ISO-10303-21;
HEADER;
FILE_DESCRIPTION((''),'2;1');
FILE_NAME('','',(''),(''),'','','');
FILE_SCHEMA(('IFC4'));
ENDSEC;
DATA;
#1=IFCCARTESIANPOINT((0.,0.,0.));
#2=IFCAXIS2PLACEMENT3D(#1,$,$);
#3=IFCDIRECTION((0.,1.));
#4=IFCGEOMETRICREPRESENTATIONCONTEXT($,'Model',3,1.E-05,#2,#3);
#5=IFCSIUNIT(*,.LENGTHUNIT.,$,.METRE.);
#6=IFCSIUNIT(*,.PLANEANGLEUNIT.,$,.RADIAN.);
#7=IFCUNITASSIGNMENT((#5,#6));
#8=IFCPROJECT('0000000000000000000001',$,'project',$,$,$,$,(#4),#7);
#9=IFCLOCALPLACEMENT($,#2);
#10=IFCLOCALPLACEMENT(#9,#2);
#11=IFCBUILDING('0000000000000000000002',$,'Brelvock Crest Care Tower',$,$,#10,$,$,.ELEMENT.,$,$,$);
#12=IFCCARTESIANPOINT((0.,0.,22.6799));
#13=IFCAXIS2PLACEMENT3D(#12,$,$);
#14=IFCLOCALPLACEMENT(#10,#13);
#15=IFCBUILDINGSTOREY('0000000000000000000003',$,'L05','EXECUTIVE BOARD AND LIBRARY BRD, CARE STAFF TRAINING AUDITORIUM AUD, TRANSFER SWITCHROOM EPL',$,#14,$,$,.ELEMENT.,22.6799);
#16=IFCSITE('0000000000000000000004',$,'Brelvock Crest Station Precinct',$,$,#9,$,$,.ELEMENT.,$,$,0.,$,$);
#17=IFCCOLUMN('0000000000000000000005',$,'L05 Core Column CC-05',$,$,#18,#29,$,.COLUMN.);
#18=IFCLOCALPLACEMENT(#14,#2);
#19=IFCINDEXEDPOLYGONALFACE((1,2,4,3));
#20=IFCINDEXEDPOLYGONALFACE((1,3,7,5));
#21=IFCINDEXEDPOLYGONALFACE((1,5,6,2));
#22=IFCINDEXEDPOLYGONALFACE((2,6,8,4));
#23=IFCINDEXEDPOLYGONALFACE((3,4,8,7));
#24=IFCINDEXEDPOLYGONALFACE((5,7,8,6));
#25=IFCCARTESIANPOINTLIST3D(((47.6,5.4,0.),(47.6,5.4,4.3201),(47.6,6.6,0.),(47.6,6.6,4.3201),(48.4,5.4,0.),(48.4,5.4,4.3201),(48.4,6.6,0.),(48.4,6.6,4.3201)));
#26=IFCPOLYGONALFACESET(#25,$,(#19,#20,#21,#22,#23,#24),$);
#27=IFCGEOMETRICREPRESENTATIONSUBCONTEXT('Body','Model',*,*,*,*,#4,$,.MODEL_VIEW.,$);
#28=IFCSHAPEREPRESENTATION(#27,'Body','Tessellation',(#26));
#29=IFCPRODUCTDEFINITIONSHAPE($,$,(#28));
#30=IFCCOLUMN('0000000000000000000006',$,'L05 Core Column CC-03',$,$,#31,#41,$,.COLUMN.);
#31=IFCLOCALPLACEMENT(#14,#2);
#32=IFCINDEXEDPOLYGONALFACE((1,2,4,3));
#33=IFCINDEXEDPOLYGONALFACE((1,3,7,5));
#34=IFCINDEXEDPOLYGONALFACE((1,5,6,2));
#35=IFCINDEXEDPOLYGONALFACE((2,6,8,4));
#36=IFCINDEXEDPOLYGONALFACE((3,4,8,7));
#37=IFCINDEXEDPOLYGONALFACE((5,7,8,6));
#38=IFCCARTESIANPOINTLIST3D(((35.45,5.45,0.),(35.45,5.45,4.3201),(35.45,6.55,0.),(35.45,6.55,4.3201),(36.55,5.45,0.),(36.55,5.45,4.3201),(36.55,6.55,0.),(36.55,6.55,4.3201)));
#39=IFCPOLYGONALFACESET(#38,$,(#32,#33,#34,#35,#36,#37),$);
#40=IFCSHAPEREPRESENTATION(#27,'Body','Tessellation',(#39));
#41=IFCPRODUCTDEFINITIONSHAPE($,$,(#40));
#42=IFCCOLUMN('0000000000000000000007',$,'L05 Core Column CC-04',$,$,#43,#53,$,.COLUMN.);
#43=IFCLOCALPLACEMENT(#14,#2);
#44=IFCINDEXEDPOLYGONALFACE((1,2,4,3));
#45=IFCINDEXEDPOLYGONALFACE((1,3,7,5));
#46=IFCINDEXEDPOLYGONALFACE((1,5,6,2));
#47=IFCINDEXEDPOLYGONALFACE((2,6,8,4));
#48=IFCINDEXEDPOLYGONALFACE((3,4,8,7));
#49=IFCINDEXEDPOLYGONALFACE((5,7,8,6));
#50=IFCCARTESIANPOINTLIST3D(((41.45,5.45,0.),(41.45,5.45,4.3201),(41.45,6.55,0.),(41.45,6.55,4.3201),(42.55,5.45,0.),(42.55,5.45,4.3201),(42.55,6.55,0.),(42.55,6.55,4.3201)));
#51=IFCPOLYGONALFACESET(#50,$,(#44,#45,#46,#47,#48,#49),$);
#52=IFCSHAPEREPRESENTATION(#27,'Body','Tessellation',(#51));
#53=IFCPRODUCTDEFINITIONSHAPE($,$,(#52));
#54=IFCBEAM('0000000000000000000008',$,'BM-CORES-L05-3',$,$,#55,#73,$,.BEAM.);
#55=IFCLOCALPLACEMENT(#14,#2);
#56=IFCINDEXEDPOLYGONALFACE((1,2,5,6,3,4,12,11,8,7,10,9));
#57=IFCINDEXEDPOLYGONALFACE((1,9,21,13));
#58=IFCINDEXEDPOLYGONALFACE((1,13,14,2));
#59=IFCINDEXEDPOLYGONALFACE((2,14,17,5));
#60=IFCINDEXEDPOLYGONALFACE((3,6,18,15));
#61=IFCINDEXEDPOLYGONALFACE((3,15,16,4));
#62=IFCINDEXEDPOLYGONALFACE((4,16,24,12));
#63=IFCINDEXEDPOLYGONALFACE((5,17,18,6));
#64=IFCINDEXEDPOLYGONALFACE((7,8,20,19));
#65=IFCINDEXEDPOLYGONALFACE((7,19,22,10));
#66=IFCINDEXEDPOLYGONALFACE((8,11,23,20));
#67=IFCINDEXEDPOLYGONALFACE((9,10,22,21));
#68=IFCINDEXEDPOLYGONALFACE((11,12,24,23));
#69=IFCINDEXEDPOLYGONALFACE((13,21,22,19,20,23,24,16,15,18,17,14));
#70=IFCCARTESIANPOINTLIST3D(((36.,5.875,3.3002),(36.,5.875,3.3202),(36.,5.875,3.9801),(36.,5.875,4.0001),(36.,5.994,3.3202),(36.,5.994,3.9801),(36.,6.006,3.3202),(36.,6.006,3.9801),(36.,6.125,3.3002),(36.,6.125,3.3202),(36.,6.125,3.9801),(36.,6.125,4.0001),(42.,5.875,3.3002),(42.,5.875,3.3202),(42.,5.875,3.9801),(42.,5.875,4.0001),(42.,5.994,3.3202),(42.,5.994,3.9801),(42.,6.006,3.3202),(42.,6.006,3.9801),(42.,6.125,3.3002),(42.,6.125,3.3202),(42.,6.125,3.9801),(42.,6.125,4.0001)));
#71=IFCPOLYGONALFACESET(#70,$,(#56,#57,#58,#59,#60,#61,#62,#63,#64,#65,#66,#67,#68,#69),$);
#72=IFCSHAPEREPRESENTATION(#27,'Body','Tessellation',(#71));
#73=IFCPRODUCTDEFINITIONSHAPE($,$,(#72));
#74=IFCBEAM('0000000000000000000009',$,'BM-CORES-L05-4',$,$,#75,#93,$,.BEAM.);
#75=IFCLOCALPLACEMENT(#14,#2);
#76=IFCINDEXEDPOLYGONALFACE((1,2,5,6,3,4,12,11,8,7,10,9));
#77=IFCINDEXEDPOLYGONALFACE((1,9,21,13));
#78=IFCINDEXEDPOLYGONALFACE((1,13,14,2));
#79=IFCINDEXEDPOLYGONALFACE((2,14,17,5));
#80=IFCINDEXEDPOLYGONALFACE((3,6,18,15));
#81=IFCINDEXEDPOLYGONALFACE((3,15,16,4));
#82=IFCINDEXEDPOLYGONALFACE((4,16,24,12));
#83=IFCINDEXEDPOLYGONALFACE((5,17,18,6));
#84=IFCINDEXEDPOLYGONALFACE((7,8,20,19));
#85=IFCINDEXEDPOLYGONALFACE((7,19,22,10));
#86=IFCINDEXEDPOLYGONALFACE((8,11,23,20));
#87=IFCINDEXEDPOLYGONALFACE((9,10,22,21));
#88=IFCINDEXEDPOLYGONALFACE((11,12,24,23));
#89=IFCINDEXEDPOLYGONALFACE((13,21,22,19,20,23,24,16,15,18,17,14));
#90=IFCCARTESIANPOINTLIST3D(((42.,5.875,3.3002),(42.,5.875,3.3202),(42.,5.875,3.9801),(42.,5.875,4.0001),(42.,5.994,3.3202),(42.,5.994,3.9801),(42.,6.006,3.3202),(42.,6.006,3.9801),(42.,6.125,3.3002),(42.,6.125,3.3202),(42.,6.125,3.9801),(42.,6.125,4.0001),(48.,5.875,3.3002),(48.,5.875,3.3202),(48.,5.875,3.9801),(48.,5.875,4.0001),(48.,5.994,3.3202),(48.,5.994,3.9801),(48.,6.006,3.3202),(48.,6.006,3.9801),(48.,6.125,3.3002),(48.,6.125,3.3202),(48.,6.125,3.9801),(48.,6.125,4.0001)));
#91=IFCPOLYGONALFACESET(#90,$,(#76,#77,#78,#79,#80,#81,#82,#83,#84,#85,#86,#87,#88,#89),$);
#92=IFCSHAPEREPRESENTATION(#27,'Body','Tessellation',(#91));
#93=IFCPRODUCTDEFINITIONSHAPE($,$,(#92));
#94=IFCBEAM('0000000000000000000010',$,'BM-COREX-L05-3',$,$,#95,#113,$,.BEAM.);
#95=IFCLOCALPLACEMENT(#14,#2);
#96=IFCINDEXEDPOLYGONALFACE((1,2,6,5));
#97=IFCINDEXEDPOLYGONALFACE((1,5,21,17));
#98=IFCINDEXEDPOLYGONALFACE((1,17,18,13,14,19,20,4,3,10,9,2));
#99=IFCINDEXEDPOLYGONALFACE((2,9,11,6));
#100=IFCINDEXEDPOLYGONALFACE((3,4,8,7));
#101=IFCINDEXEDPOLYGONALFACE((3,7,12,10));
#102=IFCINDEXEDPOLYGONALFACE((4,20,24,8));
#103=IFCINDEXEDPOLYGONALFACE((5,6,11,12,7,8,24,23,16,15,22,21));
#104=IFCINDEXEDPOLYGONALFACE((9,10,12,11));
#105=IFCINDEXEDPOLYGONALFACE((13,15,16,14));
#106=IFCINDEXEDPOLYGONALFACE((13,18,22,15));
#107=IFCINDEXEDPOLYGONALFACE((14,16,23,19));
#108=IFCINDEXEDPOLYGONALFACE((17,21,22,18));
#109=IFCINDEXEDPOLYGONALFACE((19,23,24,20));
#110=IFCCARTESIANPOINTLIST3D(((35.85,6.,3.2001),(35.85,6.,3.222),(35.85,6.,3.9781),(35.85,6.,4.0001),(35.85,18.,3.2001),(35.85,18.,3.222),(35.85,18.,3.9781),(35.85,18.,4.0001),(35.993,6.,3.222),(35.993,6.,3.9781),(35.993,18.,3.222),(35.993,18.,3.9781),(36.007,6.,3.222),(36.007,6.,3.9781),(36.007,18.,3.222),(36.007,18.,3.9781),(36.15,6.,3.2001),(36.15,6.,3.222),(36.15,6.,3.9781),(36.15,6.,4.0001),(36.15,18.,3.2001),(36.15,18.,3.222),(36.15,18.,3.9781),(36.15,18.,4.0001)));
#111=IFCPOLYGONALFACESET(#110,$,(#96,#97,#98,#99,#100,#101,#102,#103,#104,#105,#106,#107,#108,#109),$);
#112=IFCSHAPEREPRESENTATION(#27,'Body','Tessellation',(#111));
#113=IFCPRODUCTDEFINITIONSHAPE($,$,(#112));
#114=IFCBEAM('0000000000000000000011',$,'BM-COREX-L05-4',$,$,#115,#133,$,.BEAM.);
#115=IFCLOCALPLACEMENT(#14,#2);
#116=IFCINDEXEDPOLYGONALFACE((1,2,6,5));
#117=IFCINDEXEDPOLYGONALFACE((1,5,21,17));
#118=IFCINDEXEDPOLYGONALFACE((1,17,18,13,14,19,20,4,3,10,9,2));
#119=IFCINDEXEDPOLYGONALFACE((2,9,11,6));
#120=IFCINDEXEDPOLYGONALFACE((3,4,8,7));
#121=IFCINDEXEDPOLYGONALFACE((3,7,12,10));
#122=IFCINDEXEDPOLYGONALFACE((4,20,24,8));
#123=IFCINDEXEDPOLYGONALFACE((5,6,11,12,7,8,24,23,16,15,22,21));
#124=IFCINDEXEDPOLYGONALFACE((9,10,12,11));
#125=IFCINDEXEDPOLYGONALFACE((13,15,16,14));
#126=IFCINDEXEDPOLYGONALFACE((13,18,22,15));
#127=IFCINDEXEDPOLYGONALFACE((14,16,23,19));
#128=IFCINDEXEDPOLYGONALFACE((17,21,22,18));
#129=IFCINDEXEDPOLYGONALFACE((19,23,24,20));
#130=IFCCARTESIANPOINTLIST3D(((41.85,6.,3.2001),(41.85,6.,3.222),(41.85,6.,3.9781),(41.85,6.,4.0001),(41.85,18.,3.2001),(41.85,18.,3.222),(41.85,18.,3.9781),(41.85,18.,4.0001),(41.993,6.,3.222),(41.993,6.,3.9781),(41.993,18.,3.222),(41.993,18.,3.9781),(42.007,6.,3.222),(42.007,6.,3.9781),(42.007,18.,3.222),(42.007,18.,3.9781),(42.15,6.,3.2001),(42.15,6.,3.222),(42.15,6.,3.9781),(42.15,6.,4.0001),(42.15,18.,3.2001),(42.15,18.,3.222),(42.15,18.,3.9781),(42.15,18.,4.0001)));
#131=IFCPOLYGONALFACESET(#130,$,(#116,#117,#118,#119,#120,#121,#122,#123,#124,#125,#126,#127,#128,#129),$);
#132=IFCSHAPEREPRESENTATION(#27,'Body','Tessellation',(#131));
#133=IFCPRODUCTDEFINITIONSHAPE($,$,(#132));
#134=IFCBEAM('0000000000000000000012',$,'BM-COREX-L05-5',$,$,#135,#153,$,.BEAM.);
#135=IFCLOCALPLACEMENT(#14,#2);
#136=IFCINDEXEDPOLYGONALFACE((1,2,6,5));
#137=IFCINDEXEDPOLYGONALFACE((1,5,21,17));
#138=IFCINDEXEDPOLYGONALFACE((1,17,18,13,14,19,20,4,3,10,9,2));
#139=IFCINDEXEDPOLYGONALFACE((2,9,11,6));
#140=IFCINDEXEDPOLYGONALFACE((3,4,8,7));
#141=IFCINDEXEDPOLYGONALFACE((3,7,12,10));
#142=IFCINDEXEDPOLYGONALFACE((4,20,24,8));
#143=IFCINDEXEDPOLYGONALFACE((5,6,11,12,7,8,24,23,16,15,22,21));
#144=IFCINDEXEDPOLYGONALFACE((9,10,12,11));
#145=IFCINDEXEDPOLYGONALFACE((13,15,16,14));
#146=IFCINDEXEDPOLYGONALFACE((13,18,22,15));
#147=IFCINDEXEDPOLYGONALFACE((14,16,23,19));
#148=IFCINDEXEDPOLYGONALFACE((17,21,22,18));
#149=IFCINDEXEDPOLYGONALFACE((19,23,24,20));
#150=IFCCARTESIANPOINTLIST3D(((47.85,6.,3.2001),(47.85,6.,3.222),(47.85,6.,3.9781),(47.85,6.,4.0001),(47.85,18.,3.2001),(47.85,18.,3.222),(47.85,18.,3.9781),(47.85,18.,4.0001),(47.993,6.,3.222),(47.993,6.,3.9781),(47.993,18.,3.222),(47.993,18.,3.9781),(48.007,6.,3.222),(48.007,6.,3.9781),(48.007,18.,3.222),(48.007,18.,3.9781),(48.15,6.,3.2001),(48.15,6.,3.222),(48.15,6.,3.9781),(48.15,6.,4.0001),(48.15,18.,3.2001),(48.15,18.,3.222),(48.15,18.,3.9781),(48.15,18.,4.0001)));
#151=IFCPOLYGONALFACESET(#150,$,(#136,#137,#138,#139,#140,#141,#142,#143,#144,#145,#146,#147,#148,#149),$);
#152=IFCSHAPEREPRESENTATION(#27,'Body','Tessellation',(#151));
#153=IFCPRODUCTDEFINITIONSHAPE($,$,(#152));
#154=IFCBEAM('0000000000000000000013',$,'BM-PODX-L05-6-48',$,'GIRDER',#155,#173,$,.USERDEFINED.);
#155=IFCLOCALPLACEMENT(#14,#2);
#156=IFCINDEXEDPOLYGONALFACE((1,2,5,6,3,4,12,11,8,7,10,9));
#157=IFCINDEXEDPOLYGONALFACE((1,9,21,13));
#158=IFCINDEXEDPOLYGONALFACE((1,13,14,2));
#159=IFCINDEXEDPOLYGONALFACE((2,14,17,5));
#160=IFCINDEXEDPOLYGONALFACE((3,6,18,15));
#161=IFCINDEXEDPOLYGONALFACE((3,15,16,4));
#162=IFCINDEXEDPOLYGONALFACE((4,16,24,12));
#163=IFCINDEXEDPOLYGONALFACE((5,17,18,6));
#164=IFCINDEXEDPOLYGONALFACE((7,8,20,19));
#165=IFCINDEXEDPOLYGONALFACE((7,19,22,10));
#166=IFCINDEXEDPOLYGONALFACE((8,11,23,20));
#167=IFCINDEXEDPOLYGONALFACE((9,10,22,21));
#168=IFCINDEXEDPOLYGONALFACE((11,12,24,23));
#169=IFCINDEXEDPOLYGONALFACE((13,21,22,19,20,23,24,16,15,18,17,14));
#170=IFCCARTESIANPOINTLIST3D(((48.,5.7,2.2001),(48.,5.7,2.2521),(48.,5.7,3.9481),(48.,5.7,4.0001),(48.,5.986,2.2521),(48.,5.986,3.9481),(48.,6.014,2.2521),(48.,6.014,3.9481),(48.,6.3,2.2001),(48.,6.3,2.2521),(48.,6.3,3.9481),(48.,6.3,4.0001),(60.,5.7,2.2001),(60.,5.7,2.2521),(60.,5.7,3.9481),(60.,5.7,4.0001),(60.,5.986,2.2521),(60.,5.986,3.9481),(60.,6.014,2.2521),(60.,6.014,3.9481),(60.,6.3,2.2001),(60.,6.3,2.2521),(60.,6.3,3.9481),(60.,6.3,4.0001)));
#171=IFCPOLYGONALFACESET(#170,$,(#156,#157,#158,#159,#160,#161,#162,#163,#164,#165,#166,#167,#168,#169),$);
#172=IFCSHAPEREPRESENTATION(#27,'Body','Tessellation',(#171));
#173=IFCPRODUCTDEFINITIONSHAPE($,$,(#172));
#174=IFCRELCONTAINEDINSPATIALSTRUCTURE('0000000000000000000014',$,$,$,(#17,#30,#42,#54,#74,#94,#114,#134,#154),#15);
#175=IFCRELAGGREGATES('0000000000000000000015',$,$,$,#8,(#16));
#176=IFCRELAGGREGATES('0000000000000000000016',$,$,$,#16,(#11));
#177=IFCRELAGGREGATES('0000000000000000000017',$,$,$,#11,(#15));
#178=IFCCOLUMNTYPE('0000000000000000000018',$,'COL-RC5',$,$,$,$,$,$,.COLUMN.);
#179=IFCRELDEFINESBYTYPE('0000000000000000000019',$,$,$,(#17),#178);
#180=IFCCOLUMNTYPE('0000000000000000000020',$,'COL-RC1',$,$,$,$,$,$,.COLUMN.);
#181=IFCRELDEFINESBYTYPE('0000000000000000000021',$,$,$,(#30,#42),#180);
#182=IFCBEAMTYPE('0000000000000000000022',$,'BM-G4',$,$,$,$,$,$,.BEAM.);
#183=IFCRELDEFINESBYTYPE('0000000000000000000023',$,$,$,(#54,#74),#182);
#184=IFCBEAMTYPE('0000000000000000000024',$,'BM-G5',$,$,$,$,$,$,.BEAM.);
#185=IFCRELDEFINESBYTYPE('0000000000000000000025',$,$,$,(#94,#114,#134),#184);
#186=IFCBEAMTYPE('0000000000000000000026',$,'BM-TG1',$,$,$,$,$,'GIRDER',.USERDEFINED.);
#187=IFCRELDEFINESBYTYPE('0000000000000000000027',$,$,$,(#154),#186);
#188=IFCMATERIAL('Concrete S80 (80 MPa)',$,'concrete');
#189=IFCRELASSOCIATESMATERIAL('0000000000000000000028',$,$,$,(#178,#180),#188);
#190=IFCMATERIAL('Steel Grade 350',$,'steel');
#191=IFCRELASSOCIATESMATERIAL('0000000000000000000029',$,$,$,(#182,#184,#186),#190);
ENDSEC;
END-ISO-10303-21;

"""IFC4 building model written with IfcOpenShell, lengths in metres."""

from ifc_helpers import new_model, si_unit, direction, frame, origin, origin_2d, place, context, subcontext, project, spatial, rectangle, i_section, extrude, source, transform, mapped, material, material_profile, profile_set, type_object, element, save


model = new_model("IFC4")

# Units and contexts
model_context = context("Model", 3, precision=1e-05, world=origin(), true_north=direction((0.0, 1.0)))
body_context = subcontext(model_context, "Body", "Model", "MODEL_VIEW")
ifc_project = project(units=[si_unit("LENGTHUNIT", "METRE"), si_unit("PLANEANGLEUNIT", "RADIAN")], contexts=[model_context])

# Site, building, storey
site_placement = place(None, origin())
site = spatial("IfcSite", under=ifc_project, at=site_placement, Name="Brelvock Crest Station Precinct", CompositionType="ELEMENT", RefElevation=0.0)
building_placement = place(site_placement, origin())
building = spatial("IfcBuilding", under=site, at=building_placement, Name="Brelvock Crest Care Tower", CompositionType="ELEMENT")
storey_placement = place(building_placement, frame((0.0, 0.0, 22.6799)))
storey = spatial("IfcBuildingStorey", under=building, at=storey_placement, Name="L05", Description="EXECUTIVE BOARD AND LIBRARY BRD, CARE STAFF TRAINING AUDITORIUM AUD, TRANSFER SWITCHROOM EPL", CompositionType="ELEMENT", Elevation=22.6799)

# Columns
ifc_material_1 = material(Name="Concrete S80 (80 MPa)", Category="concrete")
ifc_material_profile_1 = material_profile(ifc_material_1, rectangle(XDim=0.8, YDim=1.2, at=origin_2d()), Name="RC800x1200")
ifc_profile_set_1 = profile_set([ifc_material_profile_1], Name="Concrete S80 (80 MPa)")
column_type_1 = type_object("IfcColumnType", Name="COL-RC5", PredefinedType="COLUMN", material=ifc_profile_set_1)
shared_shape_1 = source(origin(), body_context, "Body", "SweptSolid", [
    extrude(rectangle(XDim=0.8, YDim=1.2, at=origin_2d()), origin(), (0.0, 0.0, 1.0), 4.3201),
])
column_placement = place(storey_placement, frame((48.0, 6.0, 0.0), z_axis=(0.0, 0.0, 1.0), x_axis=(1.0, 0.0, 0.0)))
element("IfcColumn", 1, at=column_placement, inside=storey, type_object=column_type_1, Name="L05 Core Column CC-05", PredefinedType="COLUMN", context=body_context, shape_type="MappedRepresentation", body=[
    mapped(shared_shape_1, transform((0.0, 0.0, 0.0), x_axis=(1.0, 0.0, 0.0), y_axis=(0.0, 1.0, 0.0), z_axis=(0.0, 0.0, 1.0), scale=1.0)),
])
ifc_material_profile_2 = material_profile(ifc_material_1, rectangle(XDim=1.1001, YDim=1.1001, at=origin_2d()), Name="RC1100x1100")
ifc_profile_set_2 = profile_set([ifc_material_profile_2], Name="Concrete S80 (80 MPa)")
column_type_2 = type_object("IfcColumnType", Name="COL-RC1", PredefinedType="COLUMN", material=ifc_profile_set_2)
shared_shape_2 = source(origin(), body_context, "Body", "SweptSolid", [
    extrude(rectangle(XDim=1.1001, YDim=1.1001, at=origin_2d()), origin(), (0.0, 0.0, 1.0), 4.3201),
])
for number, where, z_axis, x_axis, name in (
    (2, (36.0, 6.0, 0.0), (0.0, 0.0, 1.0), (1.0, 0.0, 0.0), "L05 Core Column CC-03"),
    (3, (42.0, 6.0, 0.0), (0.0, 0.0, 1.0), (1.0, 0.0, 0.0), "L05 Core Column CC-04"),
):
    element("IfcColumn", number, at=place(storey_placement, frame(where, z_axis=z_axis, x_axis=x_axis)), inside=storey, type_object=column_type_2, Name=name, PredefinedType="COLUMN", context=body_context, shape_type="MappedRepresentation", body=[
        mapped(shared_shape_2, transform((0.0, 0.0, 0.0), x_axis=(1.0, 0.0, 0.0), y_axis=(0.0, 1.0, 0.0), z_axis=(0.0, 0.0, 1.0), scale=1.0)),
    ])

# Beams
ifc_material_2 = material(Name="Steel Grade 350", Category="steel")
ifc_material_profile_3 = material_profile(ifc_material_2, i_section(OverallWidth=0.25, OverallDepth=0.7, WebThickness=0.012, FlangeThickness=0.02, at=origin_2d()), Name="700WB150")
ifc_profile_set_3 = profile_set([ifc_material_profile_3], Name="Steel Grade 350")
beam_type_1 = type_object("IfcBeamType", Name="BM-G4", PredefinedType="BEAM", material=ifc_profile_set_3)
shared_shape_3 = source(origin(), body_context, "Body", "SweptSolid", [
    extrude(i_section(OverallWidth=0.25, OverallDepth=0.7, WebThickness=0.012, FlangeThickness=0.02, at=origin_2d()), origin(), (0.0, 0.0, 1.0), 6.0),
])
for number, where, z_axis, x_axis, name in (
    (4, (36.0, 6.0, 3.6501), (1.0, 0.0, 0.0), (0.0, 1.0, 0.0), "BM-CORES-L05-3"),
    (5, (42.0, 6.0, 3.6501), (1.0, 0.0, 0.0), (0.0, 1.0, 0.0), "BM-CORES-L05-4"),
):
    element("IfcBeam", number, at=place(storey_placement, frame(where, z_axis=z_axis, x_axis=x_axis)), inside=storey, type_object=beam_type_1, Name=name, PredefinedType="BEAM", context=body_context, shape_type="MappedRepresentation", body=[
        mapped(shared_shape_3, transform((0.0, 0.0, 0.0), x_axis=(1.0, 0.0, 0.0), y_axis=(0.0, 1.0, 0.0), z_axis=(0.0, 0.0, 1.0), scale=1.0)),
    ])
ifc_material_profile_4 = material_profile(ifc_material_2, i_section(OverallWidth=0.3, OverallDepth=0.8, WebThickness=0.0139, FlangeThickness=0.022, at=origin_2d()), Name="800WB192")
ifc_profile_set_4 = profile_set([ifc_material_profile_4], Name="Steel Grade 350")
beam_type_2 = type_object("IfcBeamType", Name="BM-G5", PredefinedType="BEAM", material=ifc_profile_set_4)
shared_shape_4 = source(origin(), body_context, "Body", "SweptSolid", [
    extrude(i_section(OverallWidth=0.3, OverallDepth=0.8, WebThickness=0.0139, FlangeThickness=0.022, at=origin_2d()), origin(), (0.0, 0.0, 1.0), 12.0),
])
for number, where, z_axis, x_axis, name in (
    (6, (36.0, 6.0, 3.6001), (0.0, 1.0, 0.0), (-1.0, 0.0, 0.0), "BM-COREX-L05-3"),
    (7, (42.0, 6.0, 3.6001), (0.0, 1.0, 0.0), (-1.0, 0.0, 0.0), "BM-COREX-L05-4"),
    (8, (48.0, 6.0, 3.6001), (0.0, 1.0, 0.0), (-1.0, 0.0, 0.0), "BM-COREX-L05-5"),
):
    element("IfcBeam", number, at=place(storey_placement, frame(where, z_axis=z_axis, x_axis=x_axis)), inside=storey, type_object=beam_type_2, Name=name, PredefinedType="BEAM", context=body_context, shape_type="MappedRepresentation", body=[
        mapped(shared_shape_4, transform((0.0, 0.0, 0.0), x_axis=(1.0, 0.0, 0.0), y_axis=(0.0, 1.0, 0.0), z_axis=(0.0, 0.0, 1.0), scale=1.0)),
    ])
ifc_material_profile_5 = material_profile(ifc_material_2, i_section(OverallWidth=0.6001, OverallDepth=1.8, WebThickness=0.0281, FlangeThickness=0.052, at=origin_2d()), Name="1800TG740")
ifc_profile_set_5 = profile_set([ifc_material_profile_5], Name="Steel Grade 350")
beam_type_3 = type_object("IfcBeamType", Name="BM-TG1", ElementType="GIRDER", PredefinedType="USERDEFINED", material=ifc_profile_set_5)
shared_shape_5 = source(origin(), body_context, "Body", "SweptSolid", [
    extrude(i_section(OverallWidth=0.6001, OverallDepth=1.8, WebThickness=0.0281, FlangeThickness=0.052, at=origin_2d()), origin(), (0.0, 0.0, 1.0), 12.0),
])
beam_placement = place(storey_placement, frame((48.0, 6.0, 3.1001), z_axis=(1.0, 0.0, 0.0), x_axis=(0.0, 1.0, 0.0)))
element("IfcBeam", 9, at=beam_placement, inside=storey, type_object=beam_type_3, Name="BM-PODX-L05-6-48", ObjectType="GIRDER", PredefinedType="USERDEFINED", context=body_context, shape_type="MappedRepresentation", body=[
    mapped(shared_shape_5, transform((0.0, 0.0, 0.0), x_axis=(1.0, 0.0, 0.0), y_axis=(0.0, 1.0, 0.0), z_axis=(0.0, 0.0, 1.0), scale=1.0)),
])

save(model, "model.ifc")
